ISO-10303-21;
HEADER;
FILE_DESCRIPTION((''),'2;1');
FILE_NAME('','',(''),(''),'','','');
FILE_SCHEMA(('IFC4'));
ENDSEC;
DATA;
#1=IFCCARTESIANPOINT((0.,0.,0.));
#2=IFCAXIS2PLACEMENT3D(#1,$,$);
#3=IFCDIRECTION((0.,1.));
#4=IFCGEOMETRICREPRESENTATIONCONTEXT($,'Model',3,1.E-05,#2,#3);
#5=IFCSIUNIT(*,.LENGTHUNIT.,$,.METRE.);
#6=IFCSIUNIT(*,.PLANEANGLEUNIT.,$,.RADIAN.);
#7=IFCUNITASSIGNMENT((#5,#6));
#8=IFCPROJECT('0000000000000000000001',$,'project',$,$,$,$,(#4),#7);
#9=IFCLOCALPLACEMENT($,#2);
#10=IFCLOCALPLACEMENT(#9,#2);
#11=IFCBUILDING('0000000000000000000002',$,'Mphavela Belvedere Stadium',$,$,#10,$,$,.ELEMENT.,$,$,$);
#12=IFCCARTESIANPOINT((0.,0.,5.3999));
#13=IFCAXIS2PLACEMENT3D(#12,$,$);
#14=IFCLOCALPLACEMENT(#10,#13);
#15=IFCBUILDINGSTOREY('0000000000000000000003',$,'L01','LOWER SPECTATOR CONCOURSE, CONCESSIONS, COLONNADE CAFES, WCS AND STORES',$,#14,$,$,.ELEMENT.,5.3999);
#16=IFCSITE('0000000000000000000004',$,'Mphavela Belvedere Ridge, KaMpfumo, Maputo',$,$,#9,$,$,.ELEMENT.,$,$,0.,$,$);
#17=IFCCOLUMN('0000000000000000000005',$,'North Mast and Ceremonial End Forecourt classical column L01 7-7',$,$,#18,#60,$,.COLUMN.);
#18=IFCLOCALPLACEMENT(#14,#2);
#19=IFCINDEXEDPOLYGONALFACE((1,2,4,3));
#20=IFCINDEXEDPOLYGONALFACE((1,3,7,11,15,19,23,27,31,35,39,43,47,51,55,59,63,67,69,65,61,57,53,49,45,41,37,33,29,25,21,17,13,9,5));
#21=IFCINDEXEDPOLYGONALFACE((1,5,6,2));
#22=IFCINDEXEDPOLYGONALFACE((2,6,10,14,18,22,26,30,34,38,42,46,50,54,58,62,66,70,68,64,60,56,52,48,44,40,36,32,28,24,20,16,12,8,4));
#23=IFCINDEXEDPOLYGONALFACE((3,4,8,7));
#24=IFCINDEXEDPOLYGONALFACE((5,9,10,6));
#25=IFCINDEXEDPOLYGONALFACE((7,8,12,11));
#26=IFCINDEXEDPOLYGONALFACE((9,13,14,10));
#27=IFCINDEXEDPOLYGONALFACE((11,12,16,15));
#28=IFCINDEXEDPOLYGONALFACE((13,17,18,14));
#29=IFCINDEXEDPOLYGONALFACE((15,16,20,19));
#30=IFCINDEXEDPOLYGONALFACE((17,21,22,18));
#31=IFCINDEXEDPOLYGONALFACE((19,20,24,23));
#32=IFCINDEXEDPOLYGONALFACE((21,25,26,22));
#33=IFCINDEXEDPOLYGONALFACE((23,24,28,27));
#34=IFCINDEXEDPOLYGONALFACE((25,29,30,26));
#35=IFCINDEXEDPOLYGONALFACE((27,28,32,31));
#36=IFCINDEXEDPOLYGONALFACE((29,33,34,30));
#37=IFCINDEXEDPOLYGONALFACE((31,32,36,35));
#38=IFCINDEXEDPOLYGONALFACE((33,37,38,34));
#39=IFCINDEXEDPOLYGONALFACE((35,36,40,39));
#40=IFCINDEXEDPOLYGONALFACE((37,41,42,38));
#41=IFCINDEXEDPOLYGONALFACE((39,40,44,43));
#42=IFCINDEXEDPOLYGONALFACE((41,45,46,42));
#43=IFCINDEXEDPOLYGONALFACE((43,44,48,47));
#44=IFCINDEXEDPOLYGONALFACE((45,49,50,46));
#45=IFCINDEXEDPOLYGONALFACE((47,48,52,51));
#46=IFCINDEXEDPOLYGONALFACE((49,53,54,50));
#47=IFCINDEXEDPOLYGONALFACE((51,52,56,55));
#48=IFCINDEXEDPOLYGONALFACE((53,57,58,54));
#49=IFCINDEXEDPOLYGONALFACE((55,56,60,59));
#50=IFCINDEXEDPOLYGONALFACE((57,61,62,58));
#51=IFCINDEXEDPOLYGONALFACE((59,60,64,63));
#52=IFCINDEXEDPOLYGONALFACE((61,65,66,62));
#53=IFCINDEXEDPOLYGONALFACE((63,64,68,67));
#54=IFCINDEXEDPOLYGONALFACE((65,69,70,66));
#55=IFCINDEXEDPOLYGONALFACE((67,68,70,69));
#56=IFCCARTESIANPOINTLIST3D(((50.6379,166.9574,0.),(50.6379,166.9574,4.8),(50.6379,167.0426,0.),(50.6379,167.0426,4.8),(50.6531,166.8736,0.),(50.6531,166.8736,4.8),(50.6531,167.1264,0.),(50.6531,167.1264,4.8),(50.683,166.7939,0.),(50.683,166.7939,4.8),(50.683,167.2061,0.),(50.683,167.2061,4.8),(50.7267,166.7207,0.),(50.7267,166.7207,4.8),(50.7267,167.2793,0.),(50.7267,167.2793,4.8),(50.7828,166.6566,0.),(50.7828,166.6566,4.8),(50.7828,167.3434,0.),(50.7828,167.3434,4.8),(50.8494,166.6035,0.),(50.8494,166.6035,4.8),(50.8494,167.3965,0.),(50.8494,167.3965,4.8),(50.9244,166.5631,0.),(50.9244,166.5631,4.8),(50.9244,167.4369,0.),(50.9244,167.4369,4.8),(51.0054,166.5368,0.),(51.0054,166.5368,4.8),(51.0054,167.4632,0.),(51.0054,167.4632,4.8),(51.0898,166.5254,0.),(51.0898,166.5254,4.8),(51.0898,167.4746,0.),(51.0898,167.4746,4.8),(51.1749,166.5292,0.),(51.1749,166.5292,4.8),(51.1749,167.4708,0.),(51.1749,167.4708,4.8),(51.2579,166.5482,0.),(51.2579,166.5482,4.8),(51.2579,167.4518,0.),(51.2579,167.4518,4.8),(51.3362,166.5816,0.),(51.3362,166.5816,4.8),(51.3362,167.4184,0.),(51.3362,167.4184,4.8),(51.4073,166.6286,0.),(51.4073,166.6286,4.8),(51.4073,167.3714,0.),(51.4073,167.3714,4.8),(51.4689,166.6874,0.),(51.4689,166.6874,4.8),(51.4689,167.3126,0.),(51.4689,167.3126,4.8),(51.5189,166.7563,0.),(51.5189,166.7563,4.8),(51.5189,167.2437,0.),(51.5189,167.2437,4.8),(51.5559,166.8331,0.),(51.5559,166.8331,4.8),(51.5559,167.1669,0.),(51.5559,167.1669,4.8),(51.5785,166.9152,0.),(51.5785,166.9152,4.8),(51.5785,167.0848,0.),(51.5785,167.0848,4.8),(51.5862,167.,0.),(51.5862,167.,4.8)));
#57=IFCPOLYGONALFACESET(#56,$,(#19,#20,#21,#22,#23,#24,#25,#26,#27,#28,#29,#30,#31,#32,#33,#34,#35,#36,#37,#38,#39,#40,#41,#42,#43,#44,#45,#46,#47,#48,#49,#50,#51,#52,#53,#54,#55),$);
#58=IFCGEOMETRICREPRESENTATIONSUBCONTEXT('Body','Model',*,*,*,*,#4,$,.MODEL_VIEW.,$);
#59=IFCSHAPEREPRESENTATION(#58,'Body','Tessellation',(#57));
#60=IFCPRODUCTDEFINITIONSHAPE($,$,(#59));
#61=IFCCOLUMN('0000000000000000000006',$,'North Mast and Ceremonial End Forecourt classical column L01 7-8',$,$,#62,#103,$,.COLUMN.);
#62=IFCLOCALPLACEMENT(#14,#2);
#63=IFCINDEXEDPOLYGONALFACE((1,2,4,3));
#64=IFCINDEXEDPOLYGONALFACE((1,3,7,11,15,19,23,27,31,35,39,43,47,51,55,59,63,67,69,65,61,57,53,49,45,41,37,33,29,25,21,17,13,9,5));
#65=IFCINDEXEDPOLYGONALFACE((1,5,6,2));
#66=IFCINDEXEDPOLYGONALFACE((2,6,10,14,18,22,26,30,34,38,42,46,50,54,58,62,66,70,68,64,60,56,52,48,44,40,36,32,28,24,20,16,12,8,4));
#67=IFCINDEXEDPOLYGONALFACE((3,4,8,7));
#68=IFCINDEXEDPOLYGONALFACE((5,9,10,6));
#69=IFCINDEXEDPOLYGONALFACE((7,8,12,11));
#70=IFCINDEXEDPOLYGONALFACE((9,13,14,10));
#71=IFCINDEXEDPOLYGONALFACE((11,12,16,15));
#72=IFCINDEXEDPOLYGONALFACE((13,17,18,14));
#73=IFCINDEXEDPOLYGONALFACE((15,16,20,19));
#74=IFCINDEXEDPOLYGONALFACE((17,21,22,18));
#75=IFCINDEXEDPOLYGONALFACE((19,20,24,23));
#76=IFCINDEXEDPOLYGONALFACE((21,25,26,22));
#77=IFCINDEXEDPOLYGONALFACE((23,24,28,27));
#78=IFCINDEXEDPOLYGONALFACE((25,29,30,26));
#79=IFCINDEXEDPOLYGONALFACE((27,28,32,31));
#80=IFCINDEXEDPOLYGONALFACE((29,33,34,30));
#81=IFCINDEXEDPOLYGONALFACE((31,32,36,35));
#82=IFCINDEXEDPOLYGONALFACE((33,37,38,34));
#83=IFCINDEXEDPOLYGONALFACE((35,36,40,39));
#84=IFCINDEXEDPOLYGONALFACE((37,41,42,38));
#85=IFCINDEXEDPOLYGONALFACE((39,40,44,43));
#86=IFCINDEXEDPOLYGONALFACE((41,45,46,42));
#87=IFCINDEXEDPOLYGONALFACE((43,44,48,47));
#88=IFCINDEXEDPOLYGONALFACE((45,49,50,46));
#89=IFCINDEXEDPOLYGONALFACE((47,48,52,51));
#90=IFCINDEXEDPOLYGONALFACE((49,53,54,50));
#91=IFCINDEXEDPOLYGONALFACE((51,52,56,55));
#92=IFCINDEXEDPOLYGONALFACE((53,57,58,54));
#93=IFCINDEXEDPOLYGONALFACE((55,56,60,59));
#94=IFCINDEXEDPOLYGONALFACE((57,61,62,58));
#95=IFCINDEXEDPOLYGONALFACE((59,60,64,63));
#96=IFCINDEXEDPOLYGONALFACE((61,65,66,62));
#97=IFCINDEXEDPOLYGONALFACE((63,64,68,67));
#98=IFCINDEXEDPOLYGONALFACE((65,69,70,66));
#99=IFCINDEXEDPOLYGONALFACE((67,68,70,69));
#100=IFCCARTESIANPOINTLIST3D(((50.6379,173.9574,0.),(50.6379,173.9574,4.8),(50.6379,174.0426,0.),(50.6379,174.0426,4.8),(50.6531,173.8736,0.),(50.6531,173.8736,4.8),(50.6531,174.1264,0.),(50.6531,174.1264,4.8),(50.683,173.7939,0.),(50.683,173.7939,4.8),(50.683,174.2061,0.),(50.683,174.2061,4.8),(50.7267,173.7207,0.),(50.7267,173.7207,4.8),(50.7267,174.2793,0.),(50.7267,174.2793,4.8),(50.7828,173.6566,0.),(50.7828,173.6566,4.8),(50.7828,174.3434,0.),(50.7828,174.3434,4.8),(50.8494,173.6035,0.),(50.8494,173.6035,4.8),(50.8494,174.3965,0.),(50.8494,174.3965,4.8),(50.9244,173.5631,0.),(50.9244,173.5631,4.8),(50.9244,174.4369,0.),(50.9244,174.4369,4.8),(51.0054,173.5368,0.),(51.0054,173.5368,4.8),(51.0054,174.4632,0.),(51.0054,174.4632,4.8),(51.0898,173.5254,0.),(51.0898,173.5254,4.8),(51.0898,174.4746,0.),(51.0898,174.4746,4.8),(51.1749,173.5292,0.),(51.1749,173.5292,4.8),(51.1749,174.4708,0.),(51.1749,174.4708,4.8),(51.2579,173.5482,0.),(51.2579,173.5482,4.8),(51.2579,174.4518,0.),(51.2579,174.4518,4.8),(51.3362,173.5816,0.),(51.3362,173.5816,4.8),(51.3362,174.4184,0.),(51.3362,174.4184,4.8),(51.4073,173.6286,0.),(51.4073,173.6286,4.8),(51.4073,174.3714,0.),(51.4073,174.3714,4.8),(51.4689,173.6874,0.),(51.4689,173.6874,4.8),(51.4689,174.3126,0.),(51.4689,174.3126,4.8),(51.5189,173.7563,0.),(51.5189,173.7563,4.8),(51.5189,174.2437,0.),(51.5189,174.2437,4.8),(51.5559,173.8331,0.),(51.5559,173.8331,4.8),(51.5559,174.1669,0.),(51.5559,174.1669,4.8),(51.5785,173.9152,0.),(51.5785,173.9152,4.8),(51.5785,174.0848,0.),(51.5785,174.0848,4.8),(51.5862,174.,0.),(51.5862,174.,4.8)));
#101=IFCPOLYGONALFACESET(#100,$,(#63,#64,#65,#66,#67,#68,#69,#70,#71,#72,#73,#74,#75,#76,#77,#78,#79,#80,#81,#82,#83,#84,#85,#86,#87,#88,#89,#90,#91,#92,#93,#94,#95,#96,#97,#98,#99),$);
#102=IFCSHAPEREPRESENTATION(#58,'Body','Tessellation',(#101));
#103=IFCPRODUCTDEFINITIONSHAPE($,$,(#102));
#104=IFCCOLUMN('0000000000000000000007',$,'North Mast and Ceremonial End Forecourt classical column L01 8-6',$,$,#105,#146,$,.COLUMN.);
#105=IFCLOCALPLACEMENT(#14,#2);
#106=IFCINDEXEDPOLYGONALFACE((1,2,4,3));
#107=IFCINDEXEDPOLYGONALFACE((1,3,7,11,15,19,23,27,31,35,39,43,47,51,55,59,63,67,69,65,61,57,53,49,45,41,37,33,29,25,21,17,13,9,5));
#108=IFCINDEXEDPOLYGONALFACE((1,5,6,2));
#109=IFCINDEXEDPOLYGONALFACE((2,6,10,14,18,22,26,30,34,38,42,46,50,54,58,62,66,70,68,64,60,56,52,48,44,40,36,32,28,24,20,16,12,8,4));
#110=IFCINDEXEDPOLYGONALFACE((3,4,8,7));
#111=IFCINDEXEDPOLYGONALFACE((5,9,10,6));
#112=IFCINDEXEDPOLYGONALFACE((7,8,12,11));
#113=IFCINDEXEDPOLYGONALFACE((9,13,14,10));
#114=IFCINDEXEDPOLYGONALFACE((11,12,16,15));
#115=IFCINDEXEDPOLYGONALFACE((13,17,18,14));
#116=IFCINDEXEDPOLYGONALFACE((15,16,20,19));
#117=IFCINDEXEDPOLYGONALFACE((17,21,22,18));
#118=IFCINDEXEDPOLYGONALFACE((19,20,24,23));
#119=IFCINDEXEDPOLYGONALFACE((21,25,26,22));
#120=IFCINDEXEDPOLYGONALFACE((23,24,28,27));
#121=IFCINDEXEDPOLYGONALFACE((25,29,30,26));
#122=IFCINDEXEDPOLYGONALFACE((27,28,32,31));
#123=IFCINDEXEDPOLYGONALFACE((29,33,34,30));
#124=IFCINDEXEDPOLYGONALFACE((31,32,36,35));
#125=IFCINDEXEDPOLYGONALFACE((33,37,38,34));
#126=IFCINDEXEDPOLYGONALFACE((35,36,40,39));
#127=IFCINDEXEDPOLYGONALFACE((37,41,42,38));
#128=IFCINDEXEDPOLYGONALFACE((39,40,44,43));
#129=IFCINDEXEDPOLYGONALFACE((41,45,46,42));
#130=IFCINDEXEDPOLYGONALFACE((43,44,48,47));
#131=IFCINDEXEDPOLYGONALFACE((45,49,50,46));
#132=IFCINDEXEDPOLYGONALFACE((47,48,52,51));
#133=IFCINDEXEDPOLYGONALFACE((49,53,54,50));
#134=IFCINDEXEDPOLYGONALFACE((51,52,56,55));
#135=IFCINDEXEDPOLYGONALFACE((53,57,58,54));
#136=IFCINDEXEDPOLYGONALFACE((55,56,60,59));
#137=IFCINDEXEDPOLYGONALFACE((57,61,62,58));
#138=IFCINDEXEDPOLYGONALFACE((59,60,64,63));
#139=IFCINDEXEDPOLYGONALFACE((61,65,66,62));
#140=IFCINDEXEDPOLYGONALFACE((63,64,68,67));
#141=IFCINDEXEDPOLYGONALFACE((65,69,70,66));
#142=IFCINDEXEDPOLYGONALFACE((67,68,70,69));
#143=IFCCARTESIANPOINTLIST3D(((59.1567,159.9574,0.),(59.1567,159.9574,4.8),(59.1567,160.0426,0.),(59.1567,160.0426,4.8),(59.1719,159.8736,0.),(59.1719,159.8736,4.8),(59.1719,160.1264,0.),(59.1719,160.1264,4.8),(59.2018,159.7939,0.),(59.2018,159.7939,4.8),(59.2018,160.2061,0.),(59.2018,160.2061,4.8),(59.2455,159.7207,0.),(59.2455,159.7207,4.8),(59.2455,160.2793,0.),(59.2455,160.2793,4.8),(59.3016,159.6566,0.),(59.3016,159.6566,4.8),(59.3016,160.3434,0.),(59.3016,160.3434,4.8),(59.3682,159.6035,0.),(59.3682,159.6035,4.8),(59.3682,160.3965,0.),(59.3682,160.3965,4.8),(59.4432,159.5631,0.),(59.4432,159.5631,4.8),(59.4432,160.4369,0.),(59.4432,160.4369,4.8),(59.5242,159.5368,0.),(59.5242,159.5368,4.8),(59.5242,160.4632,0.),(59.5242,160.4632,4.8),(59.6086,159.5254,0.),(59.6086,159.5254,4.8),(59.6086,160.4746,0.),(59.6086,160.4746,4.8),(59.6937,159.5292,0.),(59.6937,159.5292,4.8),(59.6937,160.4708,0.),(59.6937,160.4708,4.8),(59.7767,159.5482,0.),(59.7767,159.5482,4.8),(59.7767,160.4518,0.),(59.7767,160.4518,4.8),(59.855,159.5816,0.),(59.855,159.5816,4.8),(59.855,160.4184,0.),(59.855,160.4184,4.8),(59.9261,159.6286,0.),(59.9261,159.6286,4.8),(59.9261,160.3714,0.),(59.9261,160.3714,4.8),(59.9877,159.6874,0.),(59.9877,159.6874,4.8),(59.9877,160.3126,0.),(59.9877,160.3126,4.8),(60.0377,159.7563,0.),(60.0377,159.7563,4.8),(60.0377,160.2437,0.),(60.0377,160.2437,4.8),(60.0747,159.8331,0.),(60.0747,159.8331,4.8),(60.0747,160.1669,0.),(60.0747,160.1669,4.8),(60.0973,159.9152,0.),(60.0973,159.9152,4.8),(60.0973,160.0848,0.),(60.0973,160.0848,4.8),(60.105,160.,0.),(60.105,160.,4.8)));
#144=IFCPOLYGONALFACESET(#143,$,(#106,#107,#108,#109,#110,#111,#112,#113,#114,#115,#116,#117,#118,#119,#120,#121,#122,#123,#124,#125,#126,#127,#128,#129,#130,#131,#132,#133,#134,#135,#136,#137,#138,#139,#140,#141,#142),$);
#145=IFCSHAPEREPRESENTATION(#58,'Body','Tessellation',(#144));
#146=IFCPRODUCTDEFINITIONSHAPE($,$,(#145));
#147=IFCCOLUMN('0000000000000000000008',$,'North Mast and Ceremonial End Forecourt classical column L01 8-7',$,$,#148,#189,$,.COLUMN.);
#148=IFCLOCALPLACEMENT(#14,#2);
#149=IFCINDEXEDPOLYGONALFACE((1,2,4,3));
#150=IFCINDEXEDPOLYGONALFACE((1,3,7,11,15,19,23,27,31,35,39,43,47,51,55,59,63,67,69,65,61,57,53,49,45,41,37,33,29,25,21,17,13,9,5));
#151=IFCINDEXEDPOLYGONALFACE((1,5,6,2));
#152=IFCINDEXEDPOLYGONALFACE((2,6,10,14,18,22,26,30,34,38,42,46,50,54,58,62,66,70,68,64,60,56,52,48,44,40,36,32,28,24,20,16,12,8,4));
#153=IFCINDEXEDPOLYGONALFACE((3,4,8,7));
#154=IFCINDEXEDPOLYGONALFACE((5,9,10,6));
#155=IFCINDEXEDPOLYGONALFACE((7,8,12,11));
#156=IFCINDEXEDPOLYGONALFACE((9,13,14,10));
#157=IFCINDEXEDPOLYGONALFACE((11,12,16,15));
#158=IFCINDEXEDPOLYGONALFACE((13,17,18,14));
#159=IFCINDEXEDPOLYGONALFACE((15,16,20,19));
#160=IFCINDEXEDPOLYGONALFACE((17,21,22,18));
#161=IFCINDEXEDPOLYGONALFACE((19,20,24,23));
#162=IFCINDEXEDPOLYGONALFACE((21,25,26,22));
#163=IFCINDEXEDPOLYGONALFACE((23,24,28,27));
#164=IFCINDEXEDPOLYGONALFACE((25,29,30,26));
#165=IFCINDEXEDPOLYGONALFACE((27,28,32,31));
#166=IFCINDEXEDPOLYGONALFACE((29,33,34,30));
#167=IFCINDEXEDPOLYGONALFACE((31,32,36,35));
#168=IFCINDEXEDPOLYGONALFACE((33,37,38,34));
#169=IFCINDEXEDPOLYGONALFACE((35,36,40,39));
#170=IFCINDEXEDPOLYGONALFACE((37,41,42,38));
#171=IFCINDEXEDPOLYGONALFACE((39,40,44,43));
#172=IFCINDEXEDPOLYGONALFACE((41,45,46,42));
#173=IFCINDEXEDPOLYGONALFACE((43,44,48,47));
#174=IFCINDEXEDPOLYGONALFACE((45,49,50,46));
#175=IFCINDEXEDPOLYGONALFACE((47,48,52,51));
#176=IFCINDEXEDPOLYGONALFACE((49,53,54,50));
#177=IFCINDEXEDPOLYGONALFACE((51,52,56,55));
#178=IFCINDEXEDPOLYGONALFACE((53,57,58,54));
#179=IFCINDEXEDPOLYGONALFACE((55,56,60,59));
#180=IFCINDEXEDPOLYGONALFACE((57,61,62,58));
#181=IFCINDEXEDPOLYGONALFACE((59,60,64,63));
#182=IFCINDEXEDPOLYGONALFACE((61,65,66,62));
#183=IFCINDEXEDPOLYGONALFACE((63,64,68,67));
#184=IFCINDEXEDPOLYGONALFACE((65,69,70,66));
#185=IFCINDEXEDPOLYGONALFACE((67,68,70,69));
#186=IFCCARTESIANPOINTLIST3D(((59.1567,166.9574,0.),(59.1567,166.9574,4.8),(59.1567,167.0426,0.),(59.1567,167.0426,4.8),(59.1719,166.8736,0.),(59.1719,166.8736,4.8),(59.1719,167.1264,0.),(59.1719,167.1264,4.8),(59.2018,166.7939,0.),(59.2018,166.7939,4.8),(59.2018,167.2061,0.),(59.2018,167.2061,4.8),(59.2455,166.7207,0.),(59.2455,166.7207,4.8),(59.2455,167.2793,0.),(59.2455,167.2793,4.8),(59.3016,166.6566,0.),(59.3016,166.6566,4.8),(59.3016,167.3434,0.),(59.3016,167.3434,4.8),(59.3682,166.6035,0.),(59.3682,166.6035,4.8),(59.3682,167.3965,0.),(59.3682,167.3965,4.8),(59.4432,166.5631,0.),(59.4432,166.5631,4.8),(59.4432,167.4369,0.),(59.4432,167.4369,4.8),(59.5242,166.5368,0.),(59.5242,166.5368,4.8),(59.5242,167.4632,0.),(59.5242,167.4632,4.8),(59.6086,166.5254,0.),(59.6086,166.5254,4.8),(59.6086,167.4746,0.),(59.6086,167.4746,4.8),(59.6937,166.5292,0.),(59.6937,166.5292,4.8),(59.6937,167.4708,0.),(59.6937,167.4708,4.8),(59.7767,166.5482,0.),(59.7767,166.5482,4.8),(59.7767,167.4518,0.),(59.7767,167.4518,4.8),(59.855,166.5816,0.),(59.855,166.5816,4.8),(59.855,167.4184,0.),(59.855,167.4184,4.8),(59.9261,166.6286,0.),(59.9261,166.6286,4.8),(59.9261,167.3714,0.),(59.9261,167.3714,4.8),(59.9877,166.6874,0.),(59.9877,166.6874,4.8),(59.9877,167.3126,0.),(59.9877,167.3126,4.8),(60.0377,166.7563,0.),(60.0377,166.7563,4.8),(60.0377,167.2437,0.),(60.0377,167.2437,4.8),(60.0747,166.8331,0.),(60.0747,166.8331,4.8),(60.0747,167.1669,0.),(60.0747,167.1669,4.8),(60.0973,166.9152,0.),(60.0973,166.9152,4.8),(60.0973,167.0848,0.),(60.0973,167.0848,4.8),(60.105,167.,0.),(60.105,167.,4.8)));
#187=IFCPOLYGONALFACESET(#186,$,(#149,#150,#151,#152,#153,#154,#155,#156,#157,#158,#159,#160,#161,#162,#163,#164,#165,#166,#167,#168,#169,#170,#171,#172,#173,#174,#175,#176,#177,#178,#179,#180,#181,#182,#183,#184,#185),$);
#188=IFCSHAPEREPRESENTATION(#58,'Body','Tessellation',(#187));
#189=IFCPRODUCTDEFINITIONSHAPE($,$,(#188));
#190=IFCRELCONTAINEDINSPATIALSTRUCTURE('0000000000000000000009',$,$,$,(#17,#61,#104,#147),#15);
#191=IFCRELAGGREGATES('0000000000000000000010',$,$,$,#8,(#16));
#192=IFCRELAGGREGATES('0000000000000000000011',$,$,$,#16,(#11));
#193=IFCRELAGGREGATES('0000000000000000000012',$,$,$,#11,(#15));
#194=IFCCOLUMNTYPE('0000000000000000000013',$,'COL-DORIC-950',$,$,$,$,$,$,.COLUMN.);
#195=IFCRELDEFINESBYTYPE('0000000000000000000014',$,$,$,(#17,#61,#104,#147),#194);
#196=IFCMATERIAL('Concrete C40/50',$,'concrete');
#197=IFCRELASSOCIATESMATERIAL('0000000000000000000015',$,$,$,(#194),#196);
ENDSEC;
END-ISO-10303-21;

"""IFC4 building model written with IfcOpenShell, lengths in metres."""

from ifc_helpers import new_model, si_unit, direction, frame, origin, origin_2d, place, context, subcontext, project, spatial, circle, extrude, material, material_profile, profile_set, type_object, element, save


model = new_model("IFC4")

# Units and contexts
model_context = context("Model", 3, precision=1e-05, world=origin(), true_north=direction((0.0, 1.0)))
body_context = subcontext(model_context, "Body", "Model", "MODEL_VIEW")
ifc_project = project(units=[si_unit("LENGTHUNIT", "METRE"), si_unit("PLANEANGLEUNIT", "RADIAN")], contexts=[model_context])

# Site, building, storey
site_placement = place(None, origin())
site = spatial("IfcSite", under=ifc_project, at=site_placement, Name="Mphavela Belvedere Ridge, KaMpfumo, Maputo", CompositionType="ELEMENT", RefElevation=0.0)
building_placement = place(site_placement, origin())
building = spatial("IfcBuilding", under=site, at=building_placement, Name="Mphavela Belvedere Stadium", CompositionType="ELEMENT")
storey_placement = place(building_placement, frame((0.0, 0.0, 5.3999)))
storey = spatial("IfcBuildingStorey", under=building, at=storey_placement, Name="L01", Description="LOWER SPECTATOR CONCOURSE, CONCESSIONS, COLONNADE CAFES, WCS AND STORES", CompositionType="ELEMENT", Elevation=5.3999)

# Columns
ifc_material_1 = material(Name="Concrete C40/50", Category="concrete")
ifc_material_profile_1 = material_profile(ifc_material_1, circle(Radius=0.4751, at=origin_2d()), Name="COL D950")
ifc_profile_set_1 = profile_set([ifc_material_profile_1], Name="Concrete C40/50")
column_type = type_object("IfcColumnType", Name="COL-DORIC-950", PredefinedType="COLUMN", material=ifc_profile_set_1)
for number, where, z_axis, x_axis, name in (
    (1, (51.1111, 167.0, 0.0), (0.0, 0.0, 1.0), (1.0, 0.0, 0.0), "North Mast and Ceremonial End Forecourt classical column L01 7-7"),
    (2, (51.1111, 174.0, 0.0), (0.0, 0.0, 1.0), (1.0, 0.0, 0.0), "North Mast and Ceremonial End Forecourt classical column L01 7-8"),
    (3, (59.6299, 160.0, 0.0), (0.0, 0.0, 1.0), (1.0, 0.0, 0.0), "North Mast and Ceremonial End Forecourt classical column L01 8-6"),
    (4, (59.6299, 167.0, 0.0), (0.0, 0.0, 1.0), (1.0, 0.0, 0.0), "North Mast and Ceremonial End Forecourt classical column L01 8-7"),
):
    element("IfcColumn", number, at=place(storey_placement, frame(where, z_axis=z_axis, x_axis=x_axis)), inside=storey, type_object=column_type, Name=name, PredefinedType="COLUMN", context=body_context, shape_type="SweptSolid", body=[
        extrude(circle(Radius=0.4751, at=origin_2d()), origin(), (0.0, 0.0, 1.0), 4.8),
    ])

save(model, "model.ifc")
